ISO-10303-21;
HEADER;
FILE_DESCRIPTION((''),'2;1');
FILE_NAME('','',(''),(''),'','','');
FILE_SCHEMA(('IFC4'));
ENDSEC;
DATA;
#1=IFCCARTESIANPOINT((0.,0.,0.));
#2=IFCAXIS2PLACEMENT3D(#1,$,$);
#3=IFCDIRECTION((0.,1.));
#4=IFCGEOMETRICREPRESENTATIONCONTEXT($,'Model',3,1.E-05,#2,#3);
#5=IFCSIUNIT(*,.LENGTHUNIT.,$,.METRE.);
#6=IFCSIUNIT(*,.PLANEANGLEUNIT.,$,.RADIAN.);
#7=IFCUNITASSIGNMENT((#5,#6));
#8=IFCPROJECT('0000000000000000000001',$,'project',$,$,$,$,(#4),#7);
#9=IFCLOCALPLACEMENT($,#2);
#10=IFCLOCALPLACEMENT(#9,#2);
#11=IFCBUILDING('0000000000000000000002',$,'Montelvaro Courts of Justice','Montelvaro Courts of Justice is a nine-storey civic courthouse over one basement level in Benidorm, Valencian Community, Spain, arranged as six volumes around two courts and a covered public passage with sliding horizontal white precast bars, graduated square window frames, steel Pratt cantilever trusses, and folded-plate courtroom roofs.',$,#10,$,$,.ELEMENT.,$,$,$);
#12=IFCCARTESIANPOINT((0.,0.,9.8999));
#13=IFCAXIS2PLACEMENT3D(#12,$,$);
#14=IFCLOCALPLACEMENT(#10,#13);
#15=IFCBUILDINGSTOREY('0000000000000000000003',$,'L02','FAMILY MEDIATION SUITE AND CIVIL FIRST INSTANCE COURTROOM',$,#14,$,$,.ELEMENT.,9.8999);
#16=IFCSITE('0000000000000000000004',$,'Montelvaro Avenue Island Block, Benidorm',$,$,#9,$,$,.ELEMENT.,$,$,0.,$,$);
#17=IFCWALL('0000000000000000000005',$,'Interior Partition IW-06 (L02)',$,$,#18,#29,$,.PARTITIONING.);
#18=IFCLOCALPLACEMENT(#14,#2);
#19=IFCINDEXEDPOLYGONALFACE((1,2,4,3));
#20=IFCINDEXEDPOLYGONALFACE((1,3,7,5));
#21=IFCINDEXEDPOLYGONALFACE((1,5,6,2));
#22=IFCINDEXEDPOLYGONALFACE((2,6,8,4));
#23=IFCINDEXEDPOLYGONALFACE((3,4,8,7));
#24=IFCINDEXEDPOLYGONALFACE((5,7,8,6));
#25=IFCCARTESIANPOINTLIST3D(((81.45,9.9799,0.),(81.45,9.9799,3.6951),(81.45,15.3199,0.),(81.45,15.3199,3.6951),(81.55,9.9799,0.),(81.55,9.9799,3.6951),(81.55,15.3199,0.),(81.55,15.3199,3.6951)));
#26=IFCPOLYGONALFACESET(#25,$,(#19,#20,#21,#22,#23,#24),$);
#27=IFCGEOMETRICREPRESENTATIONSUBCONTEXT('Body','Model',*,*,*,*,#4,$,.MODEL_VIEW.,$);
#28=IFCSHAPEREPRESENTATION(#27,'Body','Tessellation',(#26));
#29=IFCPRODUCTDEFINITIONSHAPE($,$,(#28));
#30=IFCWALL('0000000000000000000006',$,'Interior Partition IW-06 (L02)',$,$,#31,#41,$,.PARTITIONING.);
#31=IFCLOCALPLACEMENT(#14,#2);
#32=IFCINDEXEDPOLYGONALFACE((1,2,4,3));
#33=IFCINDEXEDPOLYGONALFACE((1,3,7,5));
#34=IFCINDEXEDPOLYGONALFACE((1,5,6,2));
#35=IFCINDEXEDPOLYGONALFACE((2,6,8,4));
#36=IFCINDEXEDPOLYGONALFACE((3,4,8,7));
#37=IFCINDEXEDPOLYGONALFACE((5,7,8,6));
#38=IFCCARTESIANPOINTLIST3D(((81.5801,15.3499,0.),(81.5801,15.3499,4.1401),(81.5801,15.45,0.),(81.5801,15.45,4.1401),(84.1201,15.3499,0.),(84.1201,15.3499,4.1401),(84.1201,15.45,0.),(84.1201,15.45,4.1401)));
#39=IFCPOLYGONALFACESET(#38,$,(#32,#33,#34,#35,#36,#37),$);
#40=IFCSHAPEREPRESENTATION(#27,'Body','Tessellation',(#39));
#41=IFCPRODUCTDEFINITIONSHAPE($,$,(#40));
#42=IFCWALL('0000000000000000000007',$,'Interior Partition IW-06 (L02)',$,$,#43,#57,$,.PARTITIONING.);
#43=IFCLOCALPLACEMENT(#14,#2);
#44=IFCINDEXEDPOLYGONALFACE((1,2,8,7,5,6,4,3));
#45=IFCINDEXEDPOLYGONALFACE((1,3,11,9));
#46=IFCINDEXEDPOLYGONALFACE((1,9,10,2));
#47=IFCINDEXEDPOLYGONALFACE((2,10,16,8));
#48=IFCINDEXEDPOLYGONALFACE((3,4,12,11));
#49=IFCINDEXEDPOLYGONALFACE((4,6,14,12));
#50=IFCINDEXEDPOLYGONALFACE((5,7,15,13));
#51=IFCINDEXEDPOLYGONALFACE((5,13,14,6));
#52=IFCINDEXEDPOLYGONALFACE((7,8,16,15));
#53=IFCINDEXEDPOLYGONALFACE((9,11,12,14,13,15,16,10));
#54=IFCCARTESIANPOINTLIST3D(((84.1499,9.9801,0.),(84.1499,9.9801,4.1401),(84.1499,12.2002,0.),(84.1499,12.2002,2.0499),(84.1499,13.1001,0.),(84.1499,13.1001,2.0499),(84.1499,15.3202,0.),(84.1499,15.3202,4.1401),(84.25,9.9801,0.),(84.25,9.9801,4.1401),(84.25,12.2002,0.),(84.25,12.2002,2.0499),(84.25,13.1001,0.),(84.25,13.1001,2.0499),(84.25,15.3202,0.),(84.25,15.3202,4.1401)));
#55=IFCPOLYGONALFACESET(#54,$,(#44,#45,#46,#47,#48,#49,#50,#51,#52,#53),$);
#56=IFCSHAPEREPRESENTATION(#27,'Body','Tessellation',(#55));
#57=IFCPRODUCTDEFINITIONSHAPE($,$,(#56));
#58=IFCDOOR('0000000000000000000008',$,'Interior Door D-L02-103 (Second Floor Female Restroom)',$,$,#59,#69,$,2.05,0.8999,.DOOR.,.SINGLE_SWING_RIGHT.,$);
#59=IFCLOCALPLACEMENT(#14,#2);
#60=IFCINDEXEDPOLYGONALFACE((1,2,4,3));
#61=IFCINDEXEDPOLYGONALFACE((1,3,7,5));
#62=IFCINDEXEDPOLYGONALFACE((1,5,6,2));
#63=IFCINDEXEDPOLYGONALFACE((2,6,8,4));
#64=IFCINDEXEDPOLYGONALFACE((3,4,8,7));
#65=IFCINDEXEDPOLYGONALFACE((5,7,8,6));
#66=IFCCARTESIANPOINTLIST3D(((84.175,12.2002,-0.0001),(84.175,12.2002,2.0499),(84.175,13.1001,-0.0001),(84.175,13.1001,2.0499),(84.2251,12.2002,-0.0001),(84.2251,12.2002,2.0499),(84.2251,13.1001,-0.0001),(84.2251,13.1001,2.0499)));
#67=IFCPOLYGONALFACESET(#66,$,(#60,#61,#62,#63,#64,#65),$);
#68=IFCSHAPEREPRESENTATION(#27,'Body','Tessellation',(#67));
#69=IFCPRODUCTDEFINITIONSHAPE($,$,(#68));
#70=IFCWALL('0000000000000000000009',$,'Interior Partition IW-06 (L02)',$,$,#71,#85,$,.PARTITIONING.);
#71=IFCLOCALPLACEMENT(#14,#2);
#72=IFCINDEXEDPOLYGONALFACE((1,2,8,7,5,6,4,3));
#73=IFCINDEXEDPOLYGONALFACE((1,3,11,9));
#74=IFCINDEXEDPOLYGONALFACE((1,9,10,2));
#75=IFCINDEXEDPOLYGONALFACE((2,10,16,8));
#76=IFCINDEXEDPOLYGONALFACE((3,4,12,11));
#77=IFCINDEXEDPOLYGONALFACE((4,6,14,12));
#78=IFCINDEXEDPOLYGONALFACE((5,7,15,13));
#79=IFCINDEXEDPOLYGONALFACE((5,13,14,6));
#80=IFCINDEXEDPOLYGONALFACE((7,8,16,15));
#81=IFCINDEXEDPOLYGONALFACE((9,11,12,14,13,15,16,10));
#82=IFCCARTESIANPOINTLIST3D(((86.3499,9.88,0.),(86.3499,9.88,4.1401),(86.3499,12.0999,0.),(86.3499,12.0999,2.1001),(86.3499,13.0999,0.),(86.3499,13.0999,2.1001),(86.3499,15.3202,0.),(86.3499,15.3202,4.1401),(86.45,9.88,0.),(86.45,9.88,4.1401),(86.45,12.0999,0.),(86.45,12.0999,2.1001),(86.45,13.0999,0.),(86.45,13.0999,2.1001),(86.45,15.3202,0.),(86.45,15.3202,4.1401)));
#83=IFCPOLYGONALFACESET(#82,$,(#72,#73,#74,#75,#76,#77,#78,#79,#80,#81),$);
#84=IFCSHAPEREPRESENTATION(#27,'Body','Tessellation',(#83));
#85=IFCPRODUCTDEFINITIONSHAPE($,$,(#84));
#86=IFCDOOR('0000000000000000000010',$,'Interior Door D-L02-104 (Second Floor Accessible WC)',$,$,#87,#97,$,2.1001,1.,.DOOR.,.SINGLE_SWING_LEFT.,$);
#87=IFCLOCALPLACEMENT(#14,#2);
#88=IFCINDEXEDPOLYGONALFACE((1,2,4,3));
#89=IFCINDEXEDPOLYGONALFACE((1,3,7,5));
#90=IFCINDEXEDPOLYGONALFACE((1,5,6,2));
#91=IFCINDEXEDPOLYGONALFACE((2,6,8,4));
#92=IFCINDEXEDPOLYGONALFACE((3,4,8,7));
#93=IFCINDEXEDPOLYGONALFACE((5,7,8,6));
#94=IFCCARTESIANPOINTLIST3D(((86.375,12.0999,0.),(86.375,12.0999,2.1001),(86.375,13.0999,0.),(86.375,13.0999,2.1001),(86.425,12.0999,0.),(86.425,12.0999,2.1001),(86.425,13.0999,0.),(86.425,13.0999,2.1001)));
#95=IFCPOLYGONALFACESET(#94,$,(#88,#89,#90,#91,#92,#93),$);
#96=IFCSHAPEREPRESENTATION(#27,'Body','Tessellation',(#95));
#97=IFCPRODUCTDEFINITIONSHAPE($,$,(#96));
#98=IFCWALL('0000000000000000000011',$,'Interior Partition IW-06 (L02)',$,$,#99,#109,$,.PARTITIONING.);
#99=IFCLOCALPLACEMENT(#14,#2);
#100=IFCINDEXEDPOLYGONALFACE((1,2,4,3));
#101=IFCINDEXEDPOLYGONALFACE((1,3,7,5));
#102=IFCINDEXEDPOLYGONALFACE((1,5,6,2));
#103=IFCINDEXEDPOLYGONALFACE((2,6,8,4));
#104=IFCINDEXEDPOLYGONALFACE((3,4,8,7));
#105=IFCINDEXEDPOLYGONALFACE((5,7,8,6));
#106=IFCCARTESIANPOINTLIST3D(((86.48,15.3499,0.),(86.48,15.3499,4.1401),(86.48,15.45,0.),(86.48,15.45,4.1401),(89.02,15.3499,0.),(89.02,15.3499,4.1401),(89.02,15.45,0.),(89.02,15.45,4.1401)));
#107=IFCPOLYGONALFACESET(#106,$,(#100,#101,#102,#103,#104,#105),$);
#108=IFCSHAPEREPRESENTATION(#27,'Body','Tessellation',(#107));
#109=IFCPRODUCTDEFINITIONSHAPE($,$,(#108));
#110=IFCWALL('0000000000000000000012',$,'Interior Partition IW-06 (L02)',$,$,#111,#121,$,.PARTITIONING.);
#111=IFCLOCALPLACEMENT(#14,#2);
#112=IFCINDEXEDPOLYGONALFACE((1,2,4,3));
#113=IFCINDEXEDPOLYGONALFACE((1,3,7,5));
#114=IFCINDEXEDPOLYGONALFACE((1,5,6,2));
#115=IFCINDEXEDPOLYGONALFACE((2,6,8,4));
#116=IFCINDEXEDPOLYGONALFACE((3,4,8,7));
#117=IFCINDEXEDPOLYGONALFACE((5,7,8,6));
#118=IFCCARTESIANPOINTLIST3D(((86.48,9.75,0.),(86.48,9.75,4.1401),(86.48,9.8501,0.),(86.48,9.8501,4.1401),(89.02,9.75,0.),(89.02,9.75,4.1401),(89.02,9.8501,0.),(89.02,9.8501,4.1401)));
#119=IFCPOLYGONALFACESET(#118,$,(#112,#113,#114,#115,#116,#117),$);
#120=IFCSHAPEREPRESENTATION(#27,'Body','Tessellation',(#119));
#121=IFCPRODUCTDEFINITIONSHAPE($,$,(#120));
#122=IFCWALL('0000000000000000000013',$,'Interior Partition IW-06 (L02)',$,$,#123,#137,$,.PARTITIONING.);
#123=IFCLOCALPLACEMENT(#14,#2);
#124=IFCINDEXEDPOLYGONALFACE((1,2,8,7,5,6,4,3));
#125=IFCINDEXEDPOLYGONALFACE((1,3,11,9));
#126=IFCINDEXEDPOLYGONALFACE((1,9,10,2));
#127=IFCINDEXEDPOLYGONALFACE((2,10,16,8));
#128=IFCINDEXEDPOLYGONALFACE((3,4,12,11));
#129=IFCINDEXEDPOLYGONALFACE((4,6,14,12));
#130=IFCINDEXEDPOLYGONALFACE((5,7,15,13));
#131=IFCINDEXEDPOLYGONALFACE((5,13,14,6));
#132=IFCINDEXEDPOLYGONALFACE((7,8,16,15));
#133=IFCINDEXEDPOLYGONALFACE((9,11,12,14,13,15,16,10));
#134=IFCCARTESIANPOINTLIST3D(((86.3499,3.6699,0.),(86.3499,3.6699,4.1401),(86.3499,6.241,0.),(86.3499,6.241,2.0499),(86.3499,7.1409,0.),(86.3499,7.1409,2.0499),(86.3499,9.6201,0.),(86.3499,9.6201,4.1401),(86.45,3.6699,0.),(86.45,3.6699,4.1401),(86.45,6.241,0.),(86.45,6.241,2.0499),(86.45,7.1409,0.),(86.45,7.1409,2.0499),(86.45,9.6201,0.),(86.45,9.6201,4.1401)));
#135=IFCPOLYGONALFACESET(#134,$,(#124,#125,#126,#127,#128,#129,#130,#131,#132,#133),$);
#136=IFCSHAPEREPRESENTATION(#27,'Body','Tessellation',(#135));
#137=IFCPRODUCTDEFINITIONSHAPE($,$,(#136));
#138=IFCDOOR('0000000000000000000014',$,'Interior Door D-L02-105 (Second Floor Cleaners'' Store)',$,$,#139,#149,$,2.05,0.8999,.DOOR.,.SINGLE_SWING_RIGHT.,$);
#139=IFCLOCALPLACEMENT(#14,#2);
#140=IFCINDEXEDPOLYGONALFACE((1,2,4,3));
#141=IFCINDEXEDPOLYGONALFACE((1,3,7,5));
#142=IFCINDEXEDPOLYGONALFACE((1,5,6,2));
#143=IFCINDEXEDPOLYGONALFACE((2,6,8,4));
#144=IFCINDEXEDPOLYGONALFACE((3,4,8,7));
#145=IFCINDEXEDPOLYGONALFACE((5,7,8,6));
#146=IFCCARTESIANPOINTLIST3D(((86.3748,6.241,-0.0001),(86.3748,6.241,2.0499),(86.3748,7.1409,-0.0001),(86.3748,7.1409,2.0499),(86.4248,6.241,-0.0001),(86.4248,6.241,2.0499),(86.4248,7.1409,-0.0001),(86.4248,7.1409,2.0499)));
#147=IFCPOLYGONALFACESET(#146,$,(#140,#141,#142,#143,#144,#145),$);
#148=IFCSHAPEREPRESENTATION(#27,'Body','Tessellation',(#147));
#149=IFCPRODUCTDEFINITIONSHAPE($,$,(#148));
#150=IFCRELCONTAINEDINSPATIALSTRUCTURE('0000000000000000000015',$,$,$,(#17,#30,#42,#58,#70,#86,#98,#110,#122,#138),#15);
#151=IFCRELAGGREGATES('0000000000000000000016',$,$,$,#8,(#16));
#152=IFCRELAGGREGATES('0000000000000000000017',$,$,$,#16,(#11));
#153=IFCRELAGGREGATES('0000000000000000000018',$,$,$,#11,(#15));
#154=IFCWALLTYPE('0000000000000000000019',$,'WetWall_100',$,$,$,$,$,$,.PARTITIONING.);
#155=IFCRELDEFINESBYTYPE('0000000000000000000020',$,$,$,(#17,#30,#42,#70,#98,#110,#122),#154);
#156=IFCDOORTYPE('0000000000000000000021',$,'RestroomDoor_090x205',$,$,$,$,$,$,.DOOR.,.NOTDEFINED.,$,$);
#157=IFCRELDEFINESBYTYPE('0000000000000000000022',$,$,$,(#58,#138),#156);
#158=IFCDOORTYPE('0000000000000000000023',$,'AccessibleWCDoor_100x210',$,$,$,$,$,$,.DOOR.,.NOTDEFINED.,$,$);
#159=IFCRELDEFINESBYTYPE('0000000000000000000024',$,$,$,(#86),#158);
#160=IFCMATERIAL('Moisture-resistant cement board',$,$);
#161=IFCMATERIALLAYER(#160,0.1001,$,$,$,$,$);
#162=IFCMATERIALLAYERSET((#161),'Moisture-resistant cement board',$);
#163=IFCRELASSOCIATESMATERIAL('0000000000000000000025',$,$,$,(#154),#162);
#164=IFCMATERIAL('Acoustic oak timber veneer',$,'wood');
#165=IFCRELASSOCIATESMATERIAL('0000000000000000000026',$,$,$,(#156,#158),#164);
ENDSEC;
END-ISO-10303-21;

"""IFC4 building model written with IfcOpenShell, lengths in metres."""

from ifc_helpers import new_model, si_unit, direction, frame, frame_2d, origin, place, context, subcontext, project, spatial, rectangle, extrude, material, layer, layer_set, type_object, element, fill, save


model = new_model("IFC4")

# Units and contexts
model_context = context("Model", 3, precision=1e-05, world=origin(), true_north=direction((0.0, 1.0)))
body_context = subcontext(model_context, "Body", "Model", "MODEL_VIEW")
ifc_project = project(units=[si_unit("LENGTHUNIT", "METRE"), si_unit("PLANEANGLEUNIT", "RADIAN")], contexts=[model_context])

# Site, building, storey
site_placement = place(None, origin())
site = spatial("IfcSite", under=ifc_project, at=site_placement, Name="Montelvaro Avenue Island Block, Benidorm", CompositionType="ELEMENT", RefElevation=0.0)
building_placement = place(site_placement, origin())
building = spatial("IfcBuilding", under=site, at=building_placement, Name="Montelvaro Courts of Justice", Description="Montelvaro Courts of Justice is a nine-storey civic courthouse over one basement level in Benidorm, Valencian Community, Spain, arranged as six volumes around two courts and a covered public passage with sliding horizontal white precast bars, graduated square window frames, steel Pratt cantilever trusses, and folded-plate courtroom roofs.", CompositionType="ELEMENT")
storey_placement = place(building_placement, frame((0.0, 0.0, 9.8999)))
storey = spatial("IfcBuildingStorey", under=building, at=storey_placement, Name="L02", Description="FAMILY MEDIATION SUITE AND CIVIL FIRST INSTANCE COURTROOM", CompositionType="ELEMENT", Elevation=9.8999)

# Shared definitions
ifc_material_1 = material(Name="Moisture-resistant cement board")
ifc_layer = layer(ifc_material_1, 0.1001)
ifc_layer_set = layer_set([ifc_layer], Name="Moisture-resistant cement board")
wall_type = type_object("IfcWallType", Name="WetWall_100", PredefinedType="PARTITIONING", material=ifc_layer_set)
ifc_material_2 = material(Name="Acoustic oak timber veneer", Category="wood")
door_type_1 = type_object("IfcDoorType", Name="RestroomDoor_090x205", OperationType="NOTDEFINED", PredefinedType="DOOR", material=ifc_material_2)

# Walls
wall_1_placement = place(storey_placement, frame((81.5, 9.98, 0.0), z_axis=(0.0, 0.0, 1.0), x_axis=(0.0, 1.0, 0.0)))
element("IfcWall", 1, at=wall_1_placement, inside=storey, type_object=wall_type, Name="Interior Partition IW-06 (L02)", PredefinedType="PARTITIONING", context=body_context, shape_type="SweptSolid", body=[
    extrude(rectangle(XDim=5.3401, YDim=0.1001, at=frame_2d((2.6699, 0.0))), origin(), (0.0, 0.0, 1.0), 3.6951),
])
wall_2_placement = place(storey_placement, frame((81.5801, 15.3999, 0.0), z_axis=(0.0, 0.0, 1.0), x_axis=(1.0, 0.0, 0.0)))
element("IfcWall", 2, at=wall_2_placement, inside=storey, type_object=wall_type, Name="Interior Partition IW-06 (L02)", PredefinedType="PARTITIONING", context=body_context, shape_type="SweptSolid", body=[
    extrude(rectangle(XDim=2.54, YDim=0.1001, at=frame_2d((1.27, 0.0))), origin(), (0.0, 0.0, 1.0), 4.1401),
])

# Walls, openings, doors
wall_3_placement = place(storey_placement, frame((84.2, 15.3201, 0.0), z_axis=(0.0, 0.0, 1.0), x_axis=(0.0, -1.0, 0.0)))
wall_3 = element("IfcWall", 3, at=wall_3_placement, inside=storey, type_object=wall_type, Name="Interior Partition IW-06 (L02)", PredefinedType="PARTITIONING", context=body_context, shape_type="SweptSolid", body=[
    extrude(rectangle(XDim=5.3401, YDim=0.1001, at=frame_2d((2.6699, 0.0))), origin(), (0.0, 0.0, 1.0), 4.1401),
])
opening_1_placement = place(wall_3_placement, frame((2.22, 0.0, 0.0)))
opening_1 = element("IfcOpeningElement", 4, at=opening_1_placement, cuts=wall_3, PredefinedType="OPENING", context=body_context, shape_type="SweptSolid", body=[
    extrude(rectangle(XDim=0.8999, YDim=2.05, at=frame_2d((0.45, 1.0249))), frame((0.0, 0.0649, 0.0), z_axis=(0.0, -1.0, 0.0), x_axis=(1.0, 0.0, 0.0)), (0.0, 0.0, 1.0), 0.1299),
])
door_1_placement = place(opening_1_placement, frame((0.8999, 0.0, 0.0), z_axis=(0.0, 0.0, 1.0), x_axis=(-1.0, 0.0, 0.0)))
door_1 = element("IfcDoor", 5, at=door_1_placement, inside=storey, type_object=door_type_1, Name="Interior Door D-L02-103 (Second Floor Female Restroom)", OperationType="SINGLE_SWING_RIGHT", OverallHeight=2.05, OverallWidth=0.8999, PredefinedType="DOOR", context=body_context, shape_type="SweptSolid", body=[
    extrude(rectangle(XDim=0.8999, YDim=2.05, at=frame_2d((0.45, 1.0249))), frame((0.0, 0.0249, 0.0), z_axis=(0.0, -1.0, 0.0), x_axis=(1.0, 0.0, 0.0)), (0.0, 0.0, 1.0), 0.05),
])
fill(opening_1, door_1)
wall_4_placement = place(storey_placement, frame((86.3999, 9.8799, 0.0), z_axis=(0.0, 0.0, 1.0), x_axis=(0.0, 1.0, 0.0)))
wall_4 = element("IfcWall", 6, at=wall_4_placement, inside=storey, type_object=wall_type, Name="Interior Partition IW-06 (L02)", PredefinedType="PARTITIONING", context=body_context, shape_type="SweptSolid", body=[
    extrude(rectangle(XDim=5.4402, YDim=0.1001, at=frame_2d((2.7202, 0.0))), origin(), (0.0, 0.0, 1.0), 4.1401),
])
opening_2_placement = place(wall_4_placement, frame((2.22, 0.0, 0.0)))
opening_2 = element("IfcOpeningElement", 7, at=opening_2_placement, cuts=wall_4, PredefinedType="OPENING", context=body_context, shape_type="SweptSolid", body=[
    extrude(rectangle(XDim=1.0, YDim=2.1001, at=frame_2d((0.5, 1.05))), frame((0.0, 0.0649, 0.0), z_axis=(0.0, -1.0, 0.0), x_axis=(1.0, 0.0, 0.0)), (0.0, 0.0, 1.0), 0.1299),
])
door_type_2 = type_object("IfcDoorType", Name="AccessibleWCDoor_100x210", OperationType="NOTDEFINED", PredefinedType="DOOR", material=ifc_material_2)
door_2_placement = place(opening_2_placement, origin())
door_2 = element("IfcDoor", 8, at=door_2_placement, inside=storey, type_object=door_type_2, Name="Interior Door D-L02-104 (Second Floor Accessible WC)", OperationType="SINGLE_SWING_LEFT", OverallHeight=2.1001, OverallWidth=1.0, PredefinedType="DOOR", context=body_context, shape_type="SweptSolid", body=[
    extrude(rectangle(XDim=1.0, YDim=2.1001, at=frame_2d((0.5, 1.05))), frame((0.0, 0.0249, 0.0), z_axis=(0.0, -1.0, 0.0), x_axis=(1.0, 0.0, 0.0)), (0.0, 0.0, 1.0), 0.05),
])
fill(opening_2, door_2)

# Walls
for number, where, z_axis, x_axis, name in (
    (9, (86.48, 15.3999, 0.0), (0.0, 0.0, 1.0), (1.0, 0.0, 0.0), "Interior Partition IW-06 (L02)"),
    (10, (89.02, 9.8, 0.0), (0.0, 0.0, 1.0), (-1.0, 0.0, 0.0), "Interior Partition IW-06 (L02)"),
):
    element("IfcWall", number, at=place(storey_placement, frame(where, z_axis=z_axis, x_axis=x_axis)), inside=storey, type_object=wall_type, Name=name, PredefinedType="PARTITIONING", context=body_context, shape_type="SweptSolid", body=[
        extrude(rectangle(XDim=2.54, YDim=0.1001, at=frame_2d((1.27, 0.0))), origin(), (0.0, 0.0, 1.0), 4.1401),
    ])

# Wall, opening, door
wall_5_placement = place(storey_placement, frame((86.3999, 3.6699, 0.0), z_axis=(0.0, 0.0, 1.0), x_axis=(0.0, 1.0, 0.0)))
wall_5 = element("IfcWall", 11, at=wall_5_placement, inside=storey, type_object=wall_type, Name="Interior Partition IW-06 (L02)", PredefinedType="PARTITIONING", context=body_context, shape_type="SweptSolid", body=[
    extrude(rectangle(XDim=5.9502, YDim=0.1001, at=frame_2d((2.9751, 0.0))), origin(), (0.0, 0.0, 1.0), 4.1401),
])
opening_3_placement = place(wall_5_placement, frame((2.571, 0.0, 0.0)))
opening_3 = element("IfcOpeningElement", 12, at=opening_3_placement, cuts=wall_5, PredefinedType="OPENING", context=body_context, shape_type="SweptSolid", body=[
    extrude(rectangle(XDim=0.8999, YDim=2.05, at=frame_2d((0.45, 1.0249))), frame((0.0, 0.0649, 0.0), z_axis=(0.0, -1.0, 0.0), x_axis=(1.0, 0.0, 0.0)), (0.0, 0.0, 1.0), 0.1299),
])
door_3_placement = place(opening_3_placement, frame((0.8999, 0.0, 0.0), z_axis=(0.0, 0.0, 1.0), x_axis=(-1.0, 0.0, 0.0)))
door_3 = element("IfcDoor", 13, at=door_3_placement, inside=storey, type_object=door_type_1, Name="Interior Door D-L02-105 (Second Floor Cleaners' Store)", OperationType="SINGLE_SWING_RIGHT", OverallHeight=2.05, OverallWidth=0.8999, PredefinedType="DOOR", context=body_context, shape_type="SweptSolid", body=[
    extrude(rectangle(XDim=0.8999, YDim=2.05, at=frame_2d((0.45, 1.0249))), frame((0.0, 0.0249, 0.0), z_axis=(0.0, -1.0, 0.0), x_axis=(1.0, 0.0, 0.0)), (0.0, 0.0, 1.0), 0.05),
])
fill(opening_3, door_3)

save(model, "model.ifc")
